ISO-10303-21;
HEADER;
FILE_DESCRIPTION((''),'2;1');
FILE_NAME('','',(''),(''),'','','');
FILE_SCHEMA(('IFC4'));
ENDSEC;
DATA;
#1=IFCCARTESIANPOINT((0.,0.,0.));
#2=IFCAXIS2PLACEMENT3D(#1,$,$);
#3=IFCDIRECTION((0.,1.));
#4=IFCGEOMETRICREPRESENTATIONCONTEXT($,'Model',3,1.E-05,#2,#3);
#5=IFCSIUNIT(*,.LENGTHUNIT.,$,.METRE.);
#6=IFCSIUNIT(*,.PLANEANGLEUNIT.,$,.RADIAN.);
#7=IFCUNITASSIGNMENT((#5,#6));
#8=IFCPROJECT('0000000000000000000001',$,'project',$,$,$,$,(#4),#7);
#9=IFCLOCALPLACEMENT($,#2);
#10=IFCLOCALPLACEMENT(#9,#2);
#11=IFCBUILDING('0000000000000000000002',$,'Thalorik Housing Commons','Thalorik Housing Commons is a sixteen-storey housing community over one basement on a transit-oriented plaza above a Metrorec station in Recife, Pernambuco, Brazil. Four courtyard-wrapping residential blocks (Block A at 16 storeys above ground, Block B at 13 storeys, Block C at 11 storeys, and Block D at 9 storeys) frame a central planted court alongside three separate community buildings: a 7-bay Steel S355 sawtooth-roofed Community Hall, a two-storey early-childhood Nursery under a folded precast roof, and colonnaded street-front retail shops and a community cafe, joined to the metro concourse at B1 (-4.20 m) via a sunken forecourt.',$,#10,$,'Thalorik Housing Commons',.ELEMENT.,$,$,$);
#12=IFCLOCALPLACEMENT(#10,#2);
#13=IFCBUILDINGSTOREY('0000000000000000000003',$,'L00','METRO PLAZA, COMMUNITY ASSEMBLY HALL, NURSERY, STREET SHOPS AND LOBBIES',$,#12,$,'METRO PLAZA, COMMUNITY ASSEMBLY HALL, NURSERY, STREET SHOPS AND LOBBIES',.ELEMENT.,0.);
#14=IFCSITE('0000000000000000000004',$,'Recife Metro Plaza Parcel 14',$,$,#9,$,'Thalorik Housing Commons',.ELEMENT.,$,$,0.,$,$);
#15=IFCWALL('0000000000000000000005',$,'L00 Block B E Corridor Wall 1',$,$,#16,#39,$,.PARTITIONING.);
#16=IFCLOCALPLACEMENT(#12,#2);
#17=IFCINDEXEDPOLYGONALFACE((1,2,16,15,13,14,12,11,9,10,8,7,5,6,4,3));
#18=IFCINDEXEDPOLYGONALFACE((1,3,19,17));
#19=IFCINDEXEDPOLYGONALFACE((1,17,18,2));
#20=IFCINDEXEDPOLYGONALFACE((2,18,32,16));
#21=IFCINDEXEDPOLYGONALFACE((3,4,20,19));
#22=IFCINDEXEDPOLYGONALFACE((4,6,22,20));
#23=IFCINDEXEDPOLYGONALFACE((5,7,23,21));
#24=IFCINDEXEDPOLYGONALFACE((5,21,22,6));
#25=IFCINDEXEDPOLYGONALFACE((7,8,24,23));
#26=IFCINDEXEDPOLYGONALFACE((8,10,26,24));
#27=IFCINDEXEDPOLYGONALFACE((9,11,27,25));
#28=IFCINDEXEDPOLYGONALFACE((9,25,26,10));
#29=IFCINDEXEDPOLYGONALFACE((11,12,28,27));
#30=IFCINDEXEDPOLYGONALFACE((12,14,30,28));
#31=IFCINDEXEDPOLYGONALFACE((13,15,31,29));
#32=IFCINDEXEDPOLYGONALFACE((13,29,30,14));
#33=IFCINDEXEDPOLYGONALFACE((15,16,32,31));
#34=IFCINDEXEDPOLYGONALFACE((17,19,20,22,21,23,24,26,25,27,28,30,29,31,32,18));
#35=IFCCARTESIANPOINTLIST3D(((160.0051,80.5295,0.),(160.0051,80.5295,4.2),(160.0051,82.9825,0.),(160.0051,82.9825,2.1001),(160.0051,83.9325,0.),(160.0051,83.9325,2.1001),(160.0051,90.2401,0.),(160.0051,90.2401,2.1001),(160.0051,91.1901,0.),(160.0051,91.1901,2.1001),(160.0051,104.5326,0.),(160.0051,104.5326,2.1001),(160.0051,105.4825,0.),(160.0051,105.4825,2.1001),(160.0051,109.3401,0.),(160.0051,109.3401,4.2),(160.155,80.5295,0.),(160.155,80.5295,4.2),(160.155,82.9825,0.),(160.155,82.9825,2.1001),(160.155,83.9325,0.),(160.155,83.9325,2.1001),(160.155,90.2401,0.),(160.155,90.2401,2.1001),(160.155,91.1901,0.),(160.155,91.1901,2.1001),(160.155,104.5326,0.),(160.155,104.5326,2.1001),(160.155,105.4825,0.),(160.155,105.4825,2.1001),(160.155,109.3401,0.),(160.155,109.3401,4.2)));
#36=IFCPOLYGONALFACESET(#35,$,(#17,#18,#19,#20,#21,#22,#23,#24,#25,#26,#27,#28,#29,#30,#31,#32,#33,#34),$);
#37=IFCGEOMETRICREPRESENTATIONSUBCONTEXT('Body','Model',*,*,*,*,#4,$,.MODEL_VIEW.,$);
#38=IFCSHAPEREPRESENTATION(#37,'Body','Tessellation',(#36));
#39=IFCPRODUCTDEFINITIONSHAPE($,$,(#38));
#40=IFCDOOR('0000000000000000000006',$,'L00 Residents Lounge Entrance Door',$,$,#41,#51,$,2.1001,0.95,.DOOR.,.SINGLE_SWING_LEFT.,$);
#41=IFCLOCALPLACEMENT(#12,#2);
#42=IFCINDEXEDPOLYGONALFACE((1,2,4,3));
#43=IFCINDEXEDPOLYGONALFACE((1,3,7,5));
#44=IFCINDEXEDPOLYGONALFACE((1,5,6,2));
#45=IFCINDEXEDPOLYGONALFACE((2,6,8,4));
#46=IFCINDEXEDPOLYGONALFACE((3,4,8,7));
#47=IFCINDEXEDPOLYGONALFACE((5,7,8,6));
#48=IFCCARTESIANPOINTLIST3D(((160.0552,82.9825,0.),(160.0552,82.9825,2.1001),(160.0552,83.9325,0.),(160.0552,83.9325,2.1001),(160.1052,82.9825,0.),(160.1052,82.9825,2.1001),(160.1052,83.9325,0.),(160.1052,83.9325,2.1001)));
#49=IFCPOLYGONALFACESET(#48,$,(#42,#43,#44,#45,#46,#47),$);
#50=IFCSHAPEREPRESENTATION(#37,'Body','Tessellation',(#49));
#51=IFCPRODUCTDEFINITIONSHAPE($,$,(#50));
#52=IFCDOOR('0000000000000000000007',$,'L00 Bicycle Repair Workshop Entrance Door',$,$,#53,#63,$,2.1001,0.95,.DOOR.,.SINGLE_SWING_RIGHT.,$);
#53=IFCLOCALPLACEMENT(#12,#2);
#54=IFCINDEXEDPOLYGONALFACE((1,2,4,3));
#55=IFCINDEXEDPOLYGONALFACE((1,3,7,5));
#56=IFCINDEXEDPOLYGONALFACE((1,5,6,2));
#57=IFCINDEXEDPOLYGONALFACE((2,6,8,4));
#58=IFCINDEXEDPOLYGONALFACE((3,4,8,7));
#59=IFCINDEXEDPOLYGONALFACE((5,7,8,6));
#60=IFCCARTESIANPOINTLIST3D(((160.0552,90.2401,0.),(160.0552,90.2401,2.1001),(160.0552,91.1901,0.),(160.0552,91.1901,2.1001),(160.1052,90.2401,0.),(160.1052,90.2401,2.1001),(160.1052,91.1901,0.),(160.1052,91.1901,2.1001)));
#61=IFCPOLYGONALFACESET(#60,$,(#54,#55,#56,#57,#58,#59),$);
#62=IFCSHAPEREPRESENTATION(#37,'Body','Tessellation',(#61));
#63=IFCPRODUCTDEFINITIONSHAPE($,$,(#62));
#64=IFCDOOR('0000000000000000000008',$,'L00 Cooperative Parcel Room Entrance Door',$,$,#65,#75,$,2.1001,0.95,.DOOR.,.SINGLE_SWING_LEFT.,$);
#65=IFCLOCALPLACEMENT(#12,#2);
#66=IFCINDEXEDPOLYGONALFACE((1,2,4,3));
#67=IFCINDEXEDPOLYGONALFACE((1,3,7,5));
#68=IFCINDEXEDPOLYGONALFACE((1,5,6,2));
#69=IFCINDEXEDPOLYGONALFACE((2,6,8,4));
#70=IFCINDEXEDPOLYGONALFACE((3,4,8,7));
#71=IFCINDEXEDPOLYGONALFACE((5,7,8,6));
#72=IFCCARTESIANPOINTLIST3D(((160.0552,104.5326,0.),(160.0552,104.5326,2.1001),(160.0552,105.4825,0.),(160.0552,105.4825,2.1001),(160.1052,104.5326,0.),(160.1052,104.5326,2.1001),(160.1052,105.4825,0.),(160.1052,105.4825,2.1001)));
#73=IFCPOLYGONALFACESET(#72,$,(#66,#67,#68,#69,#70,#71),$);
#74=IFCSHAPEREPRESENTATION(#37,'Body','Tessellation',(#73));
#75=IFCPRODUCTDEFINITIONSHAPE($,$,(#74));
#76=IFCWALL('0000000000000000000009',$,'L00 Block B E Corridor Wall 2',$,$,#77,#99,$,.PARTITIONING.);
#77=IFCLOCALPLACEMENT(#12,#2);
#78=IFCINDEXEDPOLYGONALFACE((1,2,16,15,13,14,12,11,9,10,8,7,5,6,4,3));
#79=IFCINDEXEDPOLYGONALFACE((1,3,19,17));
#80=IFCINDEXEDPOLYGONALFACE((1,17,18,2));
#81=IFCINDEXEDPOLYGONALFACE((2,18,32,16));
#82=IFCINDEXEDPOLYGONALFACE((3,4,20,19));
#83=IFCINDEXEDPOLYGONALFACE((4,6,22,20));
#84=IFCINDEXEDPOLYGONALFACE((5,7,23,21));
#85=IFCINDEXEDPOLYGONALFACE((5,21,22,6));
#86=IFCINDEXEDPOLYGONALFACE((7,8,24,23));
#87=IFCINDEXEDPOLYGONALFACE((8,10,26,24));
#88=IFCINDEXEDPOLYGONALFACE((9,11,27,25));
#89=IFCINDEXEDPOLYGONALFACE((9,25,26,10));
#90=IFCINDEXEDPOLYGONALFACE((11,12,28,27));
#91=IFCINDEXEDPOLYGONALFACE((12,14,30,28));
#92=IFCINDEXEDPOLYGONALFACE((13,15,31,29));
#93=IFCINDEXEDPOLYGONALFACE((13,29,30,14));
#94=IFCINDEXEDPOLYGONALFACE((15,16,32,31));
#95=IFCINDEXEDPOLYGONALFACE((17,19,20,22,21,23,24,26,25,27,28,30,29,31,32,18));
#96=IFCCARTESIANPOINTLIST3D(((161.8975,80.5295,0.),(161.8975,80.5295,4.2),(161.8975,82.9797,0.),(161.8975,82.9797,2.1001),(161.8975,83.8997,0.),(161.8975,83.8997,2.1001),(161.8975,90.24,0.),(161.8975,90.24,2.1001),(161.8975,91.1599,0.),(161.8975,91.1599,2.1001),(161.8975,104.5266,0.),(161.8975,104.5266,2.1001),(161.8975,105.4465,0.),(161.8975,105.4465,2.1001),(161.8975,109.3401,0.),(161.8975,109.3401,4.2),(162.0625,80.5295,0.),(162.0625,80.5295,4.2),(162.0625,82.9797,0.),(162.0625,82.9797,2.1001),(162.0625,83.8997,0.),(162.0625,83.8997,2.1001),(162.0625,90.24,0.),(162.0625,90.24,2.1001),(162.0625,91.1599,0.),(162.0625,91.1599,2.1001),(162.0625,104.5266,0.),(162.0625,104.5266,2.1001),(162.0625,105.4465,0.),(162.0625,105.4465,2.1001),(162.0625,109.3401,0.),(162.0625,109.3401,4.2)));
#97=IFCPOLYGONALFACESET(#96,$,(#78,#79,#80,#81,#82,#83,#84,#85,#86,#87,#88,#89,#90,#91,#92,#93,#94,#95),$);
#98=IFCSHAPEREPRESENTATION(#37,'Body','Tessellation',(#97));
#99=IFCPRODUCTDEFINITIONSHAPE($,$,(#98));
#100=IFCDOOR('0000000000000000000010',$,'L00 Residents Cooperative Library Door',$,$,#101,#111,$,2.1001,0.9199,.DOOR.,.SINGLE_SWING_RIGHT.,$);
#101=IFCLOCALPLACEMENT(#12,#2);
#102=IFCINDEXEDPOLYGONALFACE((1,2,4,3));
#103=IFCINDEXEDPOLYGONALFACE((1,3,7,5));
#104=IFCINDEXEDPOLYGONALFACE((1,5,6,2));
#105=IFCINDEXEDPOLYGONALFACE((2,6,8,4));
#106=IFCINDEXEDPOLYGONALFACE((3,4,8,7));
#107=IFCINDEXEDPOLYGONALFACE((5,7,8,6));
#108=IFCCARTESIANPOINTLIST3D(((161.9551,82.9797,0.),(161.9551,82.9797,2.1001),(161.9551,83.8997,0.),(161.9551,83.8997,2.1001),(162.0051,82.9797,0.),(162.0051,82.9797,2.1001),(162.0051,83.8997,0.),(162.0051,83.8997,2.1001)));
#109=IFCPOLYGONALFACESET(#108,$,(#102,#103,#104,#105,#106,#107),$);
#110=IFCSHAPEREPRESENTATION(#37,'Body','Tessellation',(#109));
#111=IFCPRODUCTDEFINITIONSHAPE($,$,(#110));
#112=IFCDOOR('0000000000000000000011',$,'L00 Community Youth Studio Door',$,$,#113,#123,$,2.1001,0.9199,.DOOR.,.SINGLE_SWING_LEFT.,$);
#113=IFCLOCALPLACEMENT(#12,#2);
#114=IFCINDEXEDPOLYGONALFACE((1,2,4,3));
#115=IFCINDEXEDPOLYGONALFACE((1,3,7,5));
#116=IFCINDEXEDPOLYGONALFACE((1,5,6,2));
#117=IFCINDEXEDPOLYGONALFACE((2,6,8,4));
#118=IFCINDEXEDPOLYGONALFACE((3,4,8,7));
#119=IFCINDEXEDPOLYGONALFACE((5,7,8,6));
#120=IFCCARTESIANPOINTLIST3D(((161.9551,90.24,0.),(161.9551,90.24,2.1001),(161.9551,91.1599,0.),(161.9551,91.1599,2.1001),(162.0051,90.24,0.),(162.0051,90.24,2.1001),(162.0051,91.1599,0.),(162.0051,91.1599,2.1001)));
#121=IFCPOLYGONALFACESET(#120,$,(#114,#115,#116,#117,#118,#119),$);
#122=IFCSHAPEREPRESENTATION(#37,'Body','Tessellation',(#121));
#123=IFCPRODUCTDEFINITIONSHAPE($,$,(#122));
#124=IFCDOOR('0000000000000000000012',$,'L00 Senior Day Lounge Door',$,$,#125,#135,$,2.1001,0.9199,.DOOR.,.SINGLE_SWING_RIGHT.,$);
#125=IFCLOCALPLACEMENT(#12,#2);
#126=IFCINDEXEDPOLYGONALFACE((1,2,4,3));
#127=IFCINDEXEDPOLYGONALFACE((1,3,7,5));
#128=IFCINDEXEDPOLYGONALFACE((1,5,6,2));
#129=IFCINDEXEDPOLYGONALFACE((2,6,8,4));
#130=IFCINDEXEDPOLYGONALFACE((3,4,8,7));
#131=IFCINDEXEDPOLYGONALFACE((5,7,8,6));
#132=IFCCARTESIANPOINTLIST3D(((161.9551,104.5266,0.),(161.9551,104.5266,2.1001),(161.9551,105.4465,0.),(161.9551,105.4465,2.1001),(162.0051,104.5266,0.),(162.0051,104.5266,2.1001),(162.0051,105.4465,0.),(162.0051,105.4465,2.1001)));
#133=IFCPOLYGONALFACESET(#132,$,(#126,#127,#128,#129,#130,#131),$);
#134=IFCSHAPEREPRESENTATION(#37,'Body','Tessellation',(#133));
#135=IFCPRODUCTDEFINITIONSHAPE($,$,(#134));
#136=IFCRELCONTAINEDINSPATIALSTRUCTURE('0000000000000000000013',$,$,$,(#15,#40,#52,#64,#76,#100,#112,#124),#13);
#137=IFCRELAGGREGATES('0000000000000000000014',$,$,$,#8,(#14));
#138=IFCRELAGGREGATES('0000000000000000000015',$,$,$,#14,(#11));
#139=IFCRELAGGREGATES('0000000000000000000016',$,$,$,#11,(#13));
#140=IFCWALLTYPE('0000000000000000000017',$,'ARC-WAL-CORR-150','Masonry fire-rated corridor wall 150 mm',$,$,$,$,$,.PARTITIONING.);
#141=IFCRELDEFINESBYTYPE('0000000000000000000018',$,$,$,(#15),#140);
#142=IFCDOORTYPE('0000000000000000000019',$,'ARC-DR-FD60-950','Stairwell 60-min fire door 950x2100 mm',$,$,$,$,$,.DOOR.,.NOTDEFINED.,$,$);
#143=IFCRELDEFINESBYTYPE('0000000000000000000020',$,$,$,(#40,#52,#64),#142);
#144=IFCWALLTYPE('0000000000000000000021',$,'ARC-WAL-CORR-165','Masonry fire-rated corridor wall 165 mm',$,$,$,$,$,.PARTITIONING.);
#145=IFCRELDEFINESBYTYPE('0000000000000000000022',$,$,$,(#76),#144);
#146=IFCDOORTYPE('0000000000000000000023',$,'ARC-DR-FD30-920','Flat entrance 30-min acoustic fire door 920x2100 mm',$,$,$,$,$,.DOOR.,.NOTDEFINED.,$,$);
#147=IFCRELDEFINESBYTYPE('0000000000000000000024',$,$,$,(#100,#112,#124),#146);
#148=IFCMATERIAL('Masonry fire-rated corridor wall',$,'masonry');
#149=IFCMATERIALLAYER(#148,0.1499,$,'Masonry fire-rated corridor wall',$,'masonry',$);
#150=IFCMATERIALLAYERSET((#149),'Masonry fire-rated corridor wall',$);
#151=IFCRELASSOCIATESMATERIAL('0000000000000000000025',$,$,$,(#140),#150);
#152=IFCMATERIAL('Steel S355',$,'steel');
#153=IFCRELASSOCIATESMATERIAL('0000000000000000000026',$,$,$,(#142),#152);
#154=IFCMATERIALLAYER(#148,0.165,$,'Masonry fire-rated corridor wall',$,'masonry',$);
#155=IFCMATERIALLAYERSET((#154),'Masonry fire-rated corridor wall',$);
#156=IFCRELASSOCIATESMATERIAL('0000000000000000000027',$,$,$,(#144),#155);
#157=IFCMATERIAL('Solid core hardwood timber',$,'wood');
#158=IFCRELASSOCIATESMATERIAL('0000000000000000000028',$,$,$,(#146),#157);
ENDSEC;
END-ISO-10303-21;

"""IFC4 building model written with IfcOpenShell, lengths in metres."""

from ifc_helpers import new_model, si_unit, direction, frame, frame_2d, origin, place, context, subcontext, project, spatial, rectangle, extrude, material, layer, layer_set, type_object, element, fill, save


model = new_model("IFC4")

# Units and contexts
model_context = context("Model", 3, precision=1e-05, world=origin(), true_north=direction((0.0, 1.0)))
body_context = subcontext(model_context, "Body", "Model", "MODEL_VIEW")
ifc_project = project(units=[si_unit("LENGTHUNIT", "METRE"), si_unit("PLANEANGLEUNIT", "RADIAN")], contexts=[model_context])

# Site, building, storey
site_placement = place(None, origin())
site = spatial("IfcSite", under=ifc_project, at=site_placement, Name="Recife Metro Plaza Parcel 14", LongName="Thalorik Housing Commons", CompositionType="ELEMENT", RefElevation=0.0)
building_placement = place(site_placement, origin())
building = spatial("IfcBuilding", under=site, at=building_placement, Name="Thalorik Housing Commons", Description="Thalorik Housing Commons is a sixteen-storey housing community over one basement on a transit-oriented plaza above a Metrorec station in Recife, Pernambuco, Brazil. Four courtyard-wrapping residential blocks (Block A at 16 storeys above ground, Block B at 13 storeys, Block C at 11 storeys, and Block D at 9 storeys) frame a central planted court alongside three separate community buildings: a 7-bay Steel S355 sawtooth-roofed Community Hall, a two-storey early-childhood Nursery under a folded precast roof, and colonnaded street-front retail shops and a community cafe, joined to the metro concourse at B1 (-4.20 m) via a sunken forecourt.", LongName="Thalorik Housing Commons", CompositionType="ELEMENT")
storey_placement = place(building_placement, origin())
storey = spatial("IfcBuildingStorey", under=building, at=storey_placement, Name="L00", Description="METRO PLAZA, COMMUNITY ASSEMBLY HALL, NURSERY, STREET SHOPS AND LOBBIES", LongName="METRO PLAZA, COMMUNITY ASSEMBLY HALL, NURSERY, STREET SHOPS AND LOBBIES", CompositionType="ELEMENT", Elevation=0.0)

# Walls, openings, doors
ifc_material_1 = material(Name="Masonry fire-rated corridor wall", Category="masonry")
ifc_layer_1 = layer(ifc_material_1, 0.1499, Name="Masonry fire-rated corridor wall", Category="masonry")
ifc_layer_set_1 = layer_set([ifc_layer_1], Name="Masonry fire-rated corridor wall")
wall_type_1 = type_object("IfcWallType", Name="ARC-WAL-CORR-150", Description="Masonry fire-rated corridor wall 150 mm", PredefinedType="PARTITIONING", material=ifc_layer_set_1)
wall_1_placement = place(storey_placement, frame((160.0801, 80.5295, 0.0), z_axis=(0.0, 0.0, 1.0), x_axis=(0.0, 1.0, 0.0)))
wall_1 = element("IfcWall", 1, at=wall_1_placement, inside=storey, type_object=wall_type_1, Name="L00 Block B E Corridor Wall 1", PredefinedType="PARTITIONING", context=body_context, shape_type="SweptSolid", body=[
    extrude(rectangle(XDim=28.8105, YDim=0.1499, at=frame_2d((14.4053, 0.0))), origin(), (0.0, 0.0, 1.0), 4.2),
])
opening_1_placement = place(wall_1_placement, frame((2.4529, 0.0, 0.0)))
opening_1 = element("IfcOpeningElement", 2, at=opening_1_placement, cuts=wall_1, PredefinedType="OPENING", context=body_context, shape_type="SweptSolid", body=[
    extrude(rectangle(XDim=0.95, YDim=2.1001, at=frame_2d((0.4751, 1.05))), frame((0.0, 0.085, 0.0), z_axis=(0.0, -1.0, 0.0), x_axis=(1.0, 0.0, 0.0)), (0.0, 0.0, 1.0), 0.1699),
])
opening_2_placement = place(wall_1_placement, frame((9.7104, 0.0, 0.0)))
opening_2 = element("IfcOpeningElement", 3, at=opening_2_placement, cuts=wall_1, PredefinedType="OPENING", context=body_context, shape_type="SweptSolid", body=[
    extrude(rectangle(XDim=0.95, YDim=2.1001, at=frame_2d((0.4751, 1.05))), frame((0.0, 0.085, 0.0), z_axis=(0.0, -1.0, 0.0), x_axis=(1.0, 0.0, 0.0)), (0.0, 0.0, 1.0), 0.1699),
])
opening_3_placement = place(wall_1_placement, frame((24.0029, 0.0, 0.0)))
opening_3 = element("IfcOpeningElement", 4, at=opening_3_placement, cuts=wall_1, PredefinedType="OPENING", context=body_context, shape_type="SweptSolid", body=[
    extrude(rectangle(XDim=0.95, YDim=2.1001, at=frame_2d((0.4751, 1.05))), frame((0.0, 0.085, 0.0), z_axis=(0.0, -1.0, 0.0), x_axis=(1.0, 0.0, 0.0)), (0.0, 0.0, 1.0), 0.1699),
])
ifc_material_2 = material(Name="Steel S355", Category="steel")
door_type_1 = type_object("IfcDoorType", Name="ARC-DR-FD60-950", Description="Stairwell 60-min fire door 950x2100 mm", OperationType="NOTDEFINED", PredefinedType="DOOR", material=ifc_material_2)
door_1_placement = place(opening_1_placement, origin())
door_1 = element("IfcDoor", 5, at=door_1_placement, inside=storey, type_object=door_type_1, Name="L00 Residents Lounge Entrance Door", OperationType="SINGLE_SWING_LEFT", OverallHeight=2.1001, OverallWidth=0.95, PredefinedType="DOOR", context=body_context, shape_type="SweptSolid", body=[
    extrude(rectangle(XDim=0.95, YDim=2.1001, at=frame_2d((0.4751, 1.05))), frame((0.0, 0.0249, 0.0), z_axis=(0.0, -1.0, 0.0), x_axis=(1.0, 0.0, 0.0)), (0.0, 0.0, 1.0), 0.05),
])
fill(opening_1, door_1)
door_2_placement = place(opening_2_placement, origin())
door_2 = element("IfcDoor", 6, at=door_2_placement, inside=storey, type_object=door_type_1, Name="L00 Bicycle Repair Workshop Entrance Door", OperationType="SINGLE_SWING_RIGHT", OverallHeight=2.1001, OverallWidth=0.95, PredefinedType="DOOR", context=body_context, shape_type="SweptSolid", body=[
    extrude(rectangle(XDim=0.95, YDim=2.1001, at=frame_2d((0.4751, 1.05))), frame((0.0, 0.0249, 0.0), z_axis=(0.0, -1.0, 0.0), x_axis=(1.0, 0.0, 0.0)), (0.0, 0.0, 1.0), 0.05),
])
fill(opening_2, door_2)
door_3_placement = place(opening_3_placement, origin())
door_3 = element("IfcDoor", 7, at=door_3_placement, inside=storey, type_object=door_type_1, Name="L00 Cooperative Parcel Room Entrance Door", OperationType="SINGLE_SWING_LEFT", OverallHeight=2.1001, OverallWidth=0.95, PredefinedType="DOOR", context=body_context, shape_type="SweptSolid", body=[
    extrude(rectangle(XDim=0.95, YDim=2.1001, at=frame_2d((0.4751, 1.05))), frame((0.0, 0.0249, 0.0), z_axis=(0.0, -1.0, 0.0), x_axis=(1.0, 0.0, 0.0)), (0.0, 0.0, 1.0), 0.05),
])
fill(opening_3, door_3)
ifc_layer_2 = layer(ifc_material_1, 0.165, Name="Masonry fire-rated corridor wall", Category="masonry")
ifc_layer_set_2 = layer_set([ifc_layer_2], Name="Masonry fire-rated corridor wall")
wall_type_2 = type_object("IfcWallType", Name="ARC-WAL-CORR-165", Description="Masonry fire-rated corridor wall 165 mm", PredefinedType="PARTITIONING", material=ifc_layer_set_2)
wall_2_placement = place(storey_placement, frame((161.98, 80.5295, 0.0), z_axis=(0.0, 0.0, 1.0), x_axis=(0.0, 1.0, 0.0)))
wall_2 = element("IfcWall", 8, at=wall_2_placement, inside=storey, type_object=wall_type_2, Name="L00 Block B E Corridor Wall 2", PredefinedType="PARTITIONING", context=body_context, shape_type="SweptSolid", body=[
    extrude(rectangle(XDim=28.8105, YDim=0.165, at=frame_2d((14.4053, 0.0))), origin(), (0.0, 0.0, 1.0), 4.2),
])
opening_4_placement = place(wall_2_placement, frame((2.4502, 0.0, 0.0)))
opening_4 = element("IfcOpeningElement", 9, at=opening_4_placement, cuts=wall_2, PredefinedType="OPENING", context=body_context, shape_type="SweptSolid", body=[
    extrude(rectangle(XDim=0.9199, YDim=2.1001, at=frame_2d((0.46, 1.05))), frame((0.0, 0.0925, 0.0), z_axis=(0.0, -1.0, 0.0), x_axis=(1.0, 0.0, 0.0)), (0.0, 0.0, 1.0), 0.1851),
])
opening_5_placement = place(wall_2_placement, frame((9.7104, 0.0, 0.0)))
opening_5 = element("IfcOpeningElement", 10, at=opening_5_placement, cuts=wall_2, PredefinedType="OPENING", context=body_context, shape_type="SweptSolid", body=[
    extrude(rectangle(XDim=0.9199, YDim=2.1001, at=frame_2d((0.46, 1.05))), frame((0.0, 0.0925, 0.0), z_axis=(0.0, -1.0, 0.0), x_axis=(1.0, 0.0, 0.0)), (0.0, 0.0, 1.0), 0.1851),
])
opening_6_placement = place(wall_2_placement, frame((23.9971, 0.0, 0.0)))
opening_6 = element("IfcOpeningElement", 11, at=opening_6_placement, cuts=wall_2, PredefinedType="OPENING", context=body_context, shape_type="SweptSolid", body=[
    extrude(rectangle(XDim=0.9199, YDim=2.1001, at=frame_2d((0.46, 1.05))), frame((0.0, 0.0925, 0.0), z_axis=(0.0, -1.0, 0.0), x_axis=(1.0, 0.0, 0.0)), (0.0, 0.0, 1.0), 0.1851),
])
ifc_material_3 = material(Name="Solid core hardwood timber", Category="wood")
door_type_2 = type_object("IfcDoorType", Name="ARC-DR-FD30-920", Description="Flat entrance 30-min acoustic fire door 920x2100 mm", OperationType="NOTDEFINED", PredefinedType="DOOR", material=ifc_material_3)
door_4_placement = place(opening_4_placement, origin())
door_4 = element("IfcDoor", 12, at=door_4_placement, inside=storey, type_object=door_type_2, Name="L00 Residents Cooperative Library Door", OperationType="SINGLE_SWING_RIGHT", OverallHeight=2.1001, OverallWidth=0.9199, PredefinedType="DOOR", context=body_context, shape_type="SweptSolid", body=[
    extrude(rectangle(XDim=0.9199, YDim=2.1001, at=frame_2d((0.46, 1.05))), frame((0.0, 0.0249, 0.0), z_axis=(0.0, -1.0, 0.0), x_axis=(1.0, 0.0, 0.0)), (0.0, 0.0, 1.0), 0.05),
])
fill(opening_4, door_4)
door_5_placement = place(opening_5_placement, origin())
door_5 = element("IfcDoor", 13, at=door_5_placement, inside=storey, type_object=door_type_2, Name="L00 Community Youth Studio Door", OperationType="SINGLE_SWING_LEFT", OverallHeight=2.1001, OverallWidth=0.9199, PredefinedType="DOOR", context=body_context, shape_type="SweptSolid", body=[
    extrude(rectangle(XDim=0.9199, YDim=2.1001, at=frame_2d((0.46, 1.05))), frame((0.0, 0.0249, 0.0), z_axis=(0.0, -1.0, 0.0), x_axis=(1.0, 0.0, 0.0)), (0.0, 0.0, 1.0), 0.05),
])
fill(opening_5, door_5)
door_6_placement = place(opening_6_placement, origin())
door_6 = element("IfcDoor", 14, at=door_6_placement, inside=storey, type_object=door_type_2, Name="L00 Senior Day Lounge Door", OperationType="SINGLE_SWING_RIGHT", OverallHeight=2.1001, OverallWidth=0.9199, PredefinedType="DOOR", context=body_context, shape_type="SweptSolid", body=[
    extrude(rectangle(XDim=0.9199, YDim=2.1001, at=frame_2d((0.46, 1.05))), frame((0.0, 0.0249, 0.0), z_axis=(0.0, -1.0, 0.0), x_axis=(1.0, 0.0, 0.0)), (0.0, 0.0, 1.0), 0.05),
])
fill(opening_6, door_6)

save(model, "model.ifc")
